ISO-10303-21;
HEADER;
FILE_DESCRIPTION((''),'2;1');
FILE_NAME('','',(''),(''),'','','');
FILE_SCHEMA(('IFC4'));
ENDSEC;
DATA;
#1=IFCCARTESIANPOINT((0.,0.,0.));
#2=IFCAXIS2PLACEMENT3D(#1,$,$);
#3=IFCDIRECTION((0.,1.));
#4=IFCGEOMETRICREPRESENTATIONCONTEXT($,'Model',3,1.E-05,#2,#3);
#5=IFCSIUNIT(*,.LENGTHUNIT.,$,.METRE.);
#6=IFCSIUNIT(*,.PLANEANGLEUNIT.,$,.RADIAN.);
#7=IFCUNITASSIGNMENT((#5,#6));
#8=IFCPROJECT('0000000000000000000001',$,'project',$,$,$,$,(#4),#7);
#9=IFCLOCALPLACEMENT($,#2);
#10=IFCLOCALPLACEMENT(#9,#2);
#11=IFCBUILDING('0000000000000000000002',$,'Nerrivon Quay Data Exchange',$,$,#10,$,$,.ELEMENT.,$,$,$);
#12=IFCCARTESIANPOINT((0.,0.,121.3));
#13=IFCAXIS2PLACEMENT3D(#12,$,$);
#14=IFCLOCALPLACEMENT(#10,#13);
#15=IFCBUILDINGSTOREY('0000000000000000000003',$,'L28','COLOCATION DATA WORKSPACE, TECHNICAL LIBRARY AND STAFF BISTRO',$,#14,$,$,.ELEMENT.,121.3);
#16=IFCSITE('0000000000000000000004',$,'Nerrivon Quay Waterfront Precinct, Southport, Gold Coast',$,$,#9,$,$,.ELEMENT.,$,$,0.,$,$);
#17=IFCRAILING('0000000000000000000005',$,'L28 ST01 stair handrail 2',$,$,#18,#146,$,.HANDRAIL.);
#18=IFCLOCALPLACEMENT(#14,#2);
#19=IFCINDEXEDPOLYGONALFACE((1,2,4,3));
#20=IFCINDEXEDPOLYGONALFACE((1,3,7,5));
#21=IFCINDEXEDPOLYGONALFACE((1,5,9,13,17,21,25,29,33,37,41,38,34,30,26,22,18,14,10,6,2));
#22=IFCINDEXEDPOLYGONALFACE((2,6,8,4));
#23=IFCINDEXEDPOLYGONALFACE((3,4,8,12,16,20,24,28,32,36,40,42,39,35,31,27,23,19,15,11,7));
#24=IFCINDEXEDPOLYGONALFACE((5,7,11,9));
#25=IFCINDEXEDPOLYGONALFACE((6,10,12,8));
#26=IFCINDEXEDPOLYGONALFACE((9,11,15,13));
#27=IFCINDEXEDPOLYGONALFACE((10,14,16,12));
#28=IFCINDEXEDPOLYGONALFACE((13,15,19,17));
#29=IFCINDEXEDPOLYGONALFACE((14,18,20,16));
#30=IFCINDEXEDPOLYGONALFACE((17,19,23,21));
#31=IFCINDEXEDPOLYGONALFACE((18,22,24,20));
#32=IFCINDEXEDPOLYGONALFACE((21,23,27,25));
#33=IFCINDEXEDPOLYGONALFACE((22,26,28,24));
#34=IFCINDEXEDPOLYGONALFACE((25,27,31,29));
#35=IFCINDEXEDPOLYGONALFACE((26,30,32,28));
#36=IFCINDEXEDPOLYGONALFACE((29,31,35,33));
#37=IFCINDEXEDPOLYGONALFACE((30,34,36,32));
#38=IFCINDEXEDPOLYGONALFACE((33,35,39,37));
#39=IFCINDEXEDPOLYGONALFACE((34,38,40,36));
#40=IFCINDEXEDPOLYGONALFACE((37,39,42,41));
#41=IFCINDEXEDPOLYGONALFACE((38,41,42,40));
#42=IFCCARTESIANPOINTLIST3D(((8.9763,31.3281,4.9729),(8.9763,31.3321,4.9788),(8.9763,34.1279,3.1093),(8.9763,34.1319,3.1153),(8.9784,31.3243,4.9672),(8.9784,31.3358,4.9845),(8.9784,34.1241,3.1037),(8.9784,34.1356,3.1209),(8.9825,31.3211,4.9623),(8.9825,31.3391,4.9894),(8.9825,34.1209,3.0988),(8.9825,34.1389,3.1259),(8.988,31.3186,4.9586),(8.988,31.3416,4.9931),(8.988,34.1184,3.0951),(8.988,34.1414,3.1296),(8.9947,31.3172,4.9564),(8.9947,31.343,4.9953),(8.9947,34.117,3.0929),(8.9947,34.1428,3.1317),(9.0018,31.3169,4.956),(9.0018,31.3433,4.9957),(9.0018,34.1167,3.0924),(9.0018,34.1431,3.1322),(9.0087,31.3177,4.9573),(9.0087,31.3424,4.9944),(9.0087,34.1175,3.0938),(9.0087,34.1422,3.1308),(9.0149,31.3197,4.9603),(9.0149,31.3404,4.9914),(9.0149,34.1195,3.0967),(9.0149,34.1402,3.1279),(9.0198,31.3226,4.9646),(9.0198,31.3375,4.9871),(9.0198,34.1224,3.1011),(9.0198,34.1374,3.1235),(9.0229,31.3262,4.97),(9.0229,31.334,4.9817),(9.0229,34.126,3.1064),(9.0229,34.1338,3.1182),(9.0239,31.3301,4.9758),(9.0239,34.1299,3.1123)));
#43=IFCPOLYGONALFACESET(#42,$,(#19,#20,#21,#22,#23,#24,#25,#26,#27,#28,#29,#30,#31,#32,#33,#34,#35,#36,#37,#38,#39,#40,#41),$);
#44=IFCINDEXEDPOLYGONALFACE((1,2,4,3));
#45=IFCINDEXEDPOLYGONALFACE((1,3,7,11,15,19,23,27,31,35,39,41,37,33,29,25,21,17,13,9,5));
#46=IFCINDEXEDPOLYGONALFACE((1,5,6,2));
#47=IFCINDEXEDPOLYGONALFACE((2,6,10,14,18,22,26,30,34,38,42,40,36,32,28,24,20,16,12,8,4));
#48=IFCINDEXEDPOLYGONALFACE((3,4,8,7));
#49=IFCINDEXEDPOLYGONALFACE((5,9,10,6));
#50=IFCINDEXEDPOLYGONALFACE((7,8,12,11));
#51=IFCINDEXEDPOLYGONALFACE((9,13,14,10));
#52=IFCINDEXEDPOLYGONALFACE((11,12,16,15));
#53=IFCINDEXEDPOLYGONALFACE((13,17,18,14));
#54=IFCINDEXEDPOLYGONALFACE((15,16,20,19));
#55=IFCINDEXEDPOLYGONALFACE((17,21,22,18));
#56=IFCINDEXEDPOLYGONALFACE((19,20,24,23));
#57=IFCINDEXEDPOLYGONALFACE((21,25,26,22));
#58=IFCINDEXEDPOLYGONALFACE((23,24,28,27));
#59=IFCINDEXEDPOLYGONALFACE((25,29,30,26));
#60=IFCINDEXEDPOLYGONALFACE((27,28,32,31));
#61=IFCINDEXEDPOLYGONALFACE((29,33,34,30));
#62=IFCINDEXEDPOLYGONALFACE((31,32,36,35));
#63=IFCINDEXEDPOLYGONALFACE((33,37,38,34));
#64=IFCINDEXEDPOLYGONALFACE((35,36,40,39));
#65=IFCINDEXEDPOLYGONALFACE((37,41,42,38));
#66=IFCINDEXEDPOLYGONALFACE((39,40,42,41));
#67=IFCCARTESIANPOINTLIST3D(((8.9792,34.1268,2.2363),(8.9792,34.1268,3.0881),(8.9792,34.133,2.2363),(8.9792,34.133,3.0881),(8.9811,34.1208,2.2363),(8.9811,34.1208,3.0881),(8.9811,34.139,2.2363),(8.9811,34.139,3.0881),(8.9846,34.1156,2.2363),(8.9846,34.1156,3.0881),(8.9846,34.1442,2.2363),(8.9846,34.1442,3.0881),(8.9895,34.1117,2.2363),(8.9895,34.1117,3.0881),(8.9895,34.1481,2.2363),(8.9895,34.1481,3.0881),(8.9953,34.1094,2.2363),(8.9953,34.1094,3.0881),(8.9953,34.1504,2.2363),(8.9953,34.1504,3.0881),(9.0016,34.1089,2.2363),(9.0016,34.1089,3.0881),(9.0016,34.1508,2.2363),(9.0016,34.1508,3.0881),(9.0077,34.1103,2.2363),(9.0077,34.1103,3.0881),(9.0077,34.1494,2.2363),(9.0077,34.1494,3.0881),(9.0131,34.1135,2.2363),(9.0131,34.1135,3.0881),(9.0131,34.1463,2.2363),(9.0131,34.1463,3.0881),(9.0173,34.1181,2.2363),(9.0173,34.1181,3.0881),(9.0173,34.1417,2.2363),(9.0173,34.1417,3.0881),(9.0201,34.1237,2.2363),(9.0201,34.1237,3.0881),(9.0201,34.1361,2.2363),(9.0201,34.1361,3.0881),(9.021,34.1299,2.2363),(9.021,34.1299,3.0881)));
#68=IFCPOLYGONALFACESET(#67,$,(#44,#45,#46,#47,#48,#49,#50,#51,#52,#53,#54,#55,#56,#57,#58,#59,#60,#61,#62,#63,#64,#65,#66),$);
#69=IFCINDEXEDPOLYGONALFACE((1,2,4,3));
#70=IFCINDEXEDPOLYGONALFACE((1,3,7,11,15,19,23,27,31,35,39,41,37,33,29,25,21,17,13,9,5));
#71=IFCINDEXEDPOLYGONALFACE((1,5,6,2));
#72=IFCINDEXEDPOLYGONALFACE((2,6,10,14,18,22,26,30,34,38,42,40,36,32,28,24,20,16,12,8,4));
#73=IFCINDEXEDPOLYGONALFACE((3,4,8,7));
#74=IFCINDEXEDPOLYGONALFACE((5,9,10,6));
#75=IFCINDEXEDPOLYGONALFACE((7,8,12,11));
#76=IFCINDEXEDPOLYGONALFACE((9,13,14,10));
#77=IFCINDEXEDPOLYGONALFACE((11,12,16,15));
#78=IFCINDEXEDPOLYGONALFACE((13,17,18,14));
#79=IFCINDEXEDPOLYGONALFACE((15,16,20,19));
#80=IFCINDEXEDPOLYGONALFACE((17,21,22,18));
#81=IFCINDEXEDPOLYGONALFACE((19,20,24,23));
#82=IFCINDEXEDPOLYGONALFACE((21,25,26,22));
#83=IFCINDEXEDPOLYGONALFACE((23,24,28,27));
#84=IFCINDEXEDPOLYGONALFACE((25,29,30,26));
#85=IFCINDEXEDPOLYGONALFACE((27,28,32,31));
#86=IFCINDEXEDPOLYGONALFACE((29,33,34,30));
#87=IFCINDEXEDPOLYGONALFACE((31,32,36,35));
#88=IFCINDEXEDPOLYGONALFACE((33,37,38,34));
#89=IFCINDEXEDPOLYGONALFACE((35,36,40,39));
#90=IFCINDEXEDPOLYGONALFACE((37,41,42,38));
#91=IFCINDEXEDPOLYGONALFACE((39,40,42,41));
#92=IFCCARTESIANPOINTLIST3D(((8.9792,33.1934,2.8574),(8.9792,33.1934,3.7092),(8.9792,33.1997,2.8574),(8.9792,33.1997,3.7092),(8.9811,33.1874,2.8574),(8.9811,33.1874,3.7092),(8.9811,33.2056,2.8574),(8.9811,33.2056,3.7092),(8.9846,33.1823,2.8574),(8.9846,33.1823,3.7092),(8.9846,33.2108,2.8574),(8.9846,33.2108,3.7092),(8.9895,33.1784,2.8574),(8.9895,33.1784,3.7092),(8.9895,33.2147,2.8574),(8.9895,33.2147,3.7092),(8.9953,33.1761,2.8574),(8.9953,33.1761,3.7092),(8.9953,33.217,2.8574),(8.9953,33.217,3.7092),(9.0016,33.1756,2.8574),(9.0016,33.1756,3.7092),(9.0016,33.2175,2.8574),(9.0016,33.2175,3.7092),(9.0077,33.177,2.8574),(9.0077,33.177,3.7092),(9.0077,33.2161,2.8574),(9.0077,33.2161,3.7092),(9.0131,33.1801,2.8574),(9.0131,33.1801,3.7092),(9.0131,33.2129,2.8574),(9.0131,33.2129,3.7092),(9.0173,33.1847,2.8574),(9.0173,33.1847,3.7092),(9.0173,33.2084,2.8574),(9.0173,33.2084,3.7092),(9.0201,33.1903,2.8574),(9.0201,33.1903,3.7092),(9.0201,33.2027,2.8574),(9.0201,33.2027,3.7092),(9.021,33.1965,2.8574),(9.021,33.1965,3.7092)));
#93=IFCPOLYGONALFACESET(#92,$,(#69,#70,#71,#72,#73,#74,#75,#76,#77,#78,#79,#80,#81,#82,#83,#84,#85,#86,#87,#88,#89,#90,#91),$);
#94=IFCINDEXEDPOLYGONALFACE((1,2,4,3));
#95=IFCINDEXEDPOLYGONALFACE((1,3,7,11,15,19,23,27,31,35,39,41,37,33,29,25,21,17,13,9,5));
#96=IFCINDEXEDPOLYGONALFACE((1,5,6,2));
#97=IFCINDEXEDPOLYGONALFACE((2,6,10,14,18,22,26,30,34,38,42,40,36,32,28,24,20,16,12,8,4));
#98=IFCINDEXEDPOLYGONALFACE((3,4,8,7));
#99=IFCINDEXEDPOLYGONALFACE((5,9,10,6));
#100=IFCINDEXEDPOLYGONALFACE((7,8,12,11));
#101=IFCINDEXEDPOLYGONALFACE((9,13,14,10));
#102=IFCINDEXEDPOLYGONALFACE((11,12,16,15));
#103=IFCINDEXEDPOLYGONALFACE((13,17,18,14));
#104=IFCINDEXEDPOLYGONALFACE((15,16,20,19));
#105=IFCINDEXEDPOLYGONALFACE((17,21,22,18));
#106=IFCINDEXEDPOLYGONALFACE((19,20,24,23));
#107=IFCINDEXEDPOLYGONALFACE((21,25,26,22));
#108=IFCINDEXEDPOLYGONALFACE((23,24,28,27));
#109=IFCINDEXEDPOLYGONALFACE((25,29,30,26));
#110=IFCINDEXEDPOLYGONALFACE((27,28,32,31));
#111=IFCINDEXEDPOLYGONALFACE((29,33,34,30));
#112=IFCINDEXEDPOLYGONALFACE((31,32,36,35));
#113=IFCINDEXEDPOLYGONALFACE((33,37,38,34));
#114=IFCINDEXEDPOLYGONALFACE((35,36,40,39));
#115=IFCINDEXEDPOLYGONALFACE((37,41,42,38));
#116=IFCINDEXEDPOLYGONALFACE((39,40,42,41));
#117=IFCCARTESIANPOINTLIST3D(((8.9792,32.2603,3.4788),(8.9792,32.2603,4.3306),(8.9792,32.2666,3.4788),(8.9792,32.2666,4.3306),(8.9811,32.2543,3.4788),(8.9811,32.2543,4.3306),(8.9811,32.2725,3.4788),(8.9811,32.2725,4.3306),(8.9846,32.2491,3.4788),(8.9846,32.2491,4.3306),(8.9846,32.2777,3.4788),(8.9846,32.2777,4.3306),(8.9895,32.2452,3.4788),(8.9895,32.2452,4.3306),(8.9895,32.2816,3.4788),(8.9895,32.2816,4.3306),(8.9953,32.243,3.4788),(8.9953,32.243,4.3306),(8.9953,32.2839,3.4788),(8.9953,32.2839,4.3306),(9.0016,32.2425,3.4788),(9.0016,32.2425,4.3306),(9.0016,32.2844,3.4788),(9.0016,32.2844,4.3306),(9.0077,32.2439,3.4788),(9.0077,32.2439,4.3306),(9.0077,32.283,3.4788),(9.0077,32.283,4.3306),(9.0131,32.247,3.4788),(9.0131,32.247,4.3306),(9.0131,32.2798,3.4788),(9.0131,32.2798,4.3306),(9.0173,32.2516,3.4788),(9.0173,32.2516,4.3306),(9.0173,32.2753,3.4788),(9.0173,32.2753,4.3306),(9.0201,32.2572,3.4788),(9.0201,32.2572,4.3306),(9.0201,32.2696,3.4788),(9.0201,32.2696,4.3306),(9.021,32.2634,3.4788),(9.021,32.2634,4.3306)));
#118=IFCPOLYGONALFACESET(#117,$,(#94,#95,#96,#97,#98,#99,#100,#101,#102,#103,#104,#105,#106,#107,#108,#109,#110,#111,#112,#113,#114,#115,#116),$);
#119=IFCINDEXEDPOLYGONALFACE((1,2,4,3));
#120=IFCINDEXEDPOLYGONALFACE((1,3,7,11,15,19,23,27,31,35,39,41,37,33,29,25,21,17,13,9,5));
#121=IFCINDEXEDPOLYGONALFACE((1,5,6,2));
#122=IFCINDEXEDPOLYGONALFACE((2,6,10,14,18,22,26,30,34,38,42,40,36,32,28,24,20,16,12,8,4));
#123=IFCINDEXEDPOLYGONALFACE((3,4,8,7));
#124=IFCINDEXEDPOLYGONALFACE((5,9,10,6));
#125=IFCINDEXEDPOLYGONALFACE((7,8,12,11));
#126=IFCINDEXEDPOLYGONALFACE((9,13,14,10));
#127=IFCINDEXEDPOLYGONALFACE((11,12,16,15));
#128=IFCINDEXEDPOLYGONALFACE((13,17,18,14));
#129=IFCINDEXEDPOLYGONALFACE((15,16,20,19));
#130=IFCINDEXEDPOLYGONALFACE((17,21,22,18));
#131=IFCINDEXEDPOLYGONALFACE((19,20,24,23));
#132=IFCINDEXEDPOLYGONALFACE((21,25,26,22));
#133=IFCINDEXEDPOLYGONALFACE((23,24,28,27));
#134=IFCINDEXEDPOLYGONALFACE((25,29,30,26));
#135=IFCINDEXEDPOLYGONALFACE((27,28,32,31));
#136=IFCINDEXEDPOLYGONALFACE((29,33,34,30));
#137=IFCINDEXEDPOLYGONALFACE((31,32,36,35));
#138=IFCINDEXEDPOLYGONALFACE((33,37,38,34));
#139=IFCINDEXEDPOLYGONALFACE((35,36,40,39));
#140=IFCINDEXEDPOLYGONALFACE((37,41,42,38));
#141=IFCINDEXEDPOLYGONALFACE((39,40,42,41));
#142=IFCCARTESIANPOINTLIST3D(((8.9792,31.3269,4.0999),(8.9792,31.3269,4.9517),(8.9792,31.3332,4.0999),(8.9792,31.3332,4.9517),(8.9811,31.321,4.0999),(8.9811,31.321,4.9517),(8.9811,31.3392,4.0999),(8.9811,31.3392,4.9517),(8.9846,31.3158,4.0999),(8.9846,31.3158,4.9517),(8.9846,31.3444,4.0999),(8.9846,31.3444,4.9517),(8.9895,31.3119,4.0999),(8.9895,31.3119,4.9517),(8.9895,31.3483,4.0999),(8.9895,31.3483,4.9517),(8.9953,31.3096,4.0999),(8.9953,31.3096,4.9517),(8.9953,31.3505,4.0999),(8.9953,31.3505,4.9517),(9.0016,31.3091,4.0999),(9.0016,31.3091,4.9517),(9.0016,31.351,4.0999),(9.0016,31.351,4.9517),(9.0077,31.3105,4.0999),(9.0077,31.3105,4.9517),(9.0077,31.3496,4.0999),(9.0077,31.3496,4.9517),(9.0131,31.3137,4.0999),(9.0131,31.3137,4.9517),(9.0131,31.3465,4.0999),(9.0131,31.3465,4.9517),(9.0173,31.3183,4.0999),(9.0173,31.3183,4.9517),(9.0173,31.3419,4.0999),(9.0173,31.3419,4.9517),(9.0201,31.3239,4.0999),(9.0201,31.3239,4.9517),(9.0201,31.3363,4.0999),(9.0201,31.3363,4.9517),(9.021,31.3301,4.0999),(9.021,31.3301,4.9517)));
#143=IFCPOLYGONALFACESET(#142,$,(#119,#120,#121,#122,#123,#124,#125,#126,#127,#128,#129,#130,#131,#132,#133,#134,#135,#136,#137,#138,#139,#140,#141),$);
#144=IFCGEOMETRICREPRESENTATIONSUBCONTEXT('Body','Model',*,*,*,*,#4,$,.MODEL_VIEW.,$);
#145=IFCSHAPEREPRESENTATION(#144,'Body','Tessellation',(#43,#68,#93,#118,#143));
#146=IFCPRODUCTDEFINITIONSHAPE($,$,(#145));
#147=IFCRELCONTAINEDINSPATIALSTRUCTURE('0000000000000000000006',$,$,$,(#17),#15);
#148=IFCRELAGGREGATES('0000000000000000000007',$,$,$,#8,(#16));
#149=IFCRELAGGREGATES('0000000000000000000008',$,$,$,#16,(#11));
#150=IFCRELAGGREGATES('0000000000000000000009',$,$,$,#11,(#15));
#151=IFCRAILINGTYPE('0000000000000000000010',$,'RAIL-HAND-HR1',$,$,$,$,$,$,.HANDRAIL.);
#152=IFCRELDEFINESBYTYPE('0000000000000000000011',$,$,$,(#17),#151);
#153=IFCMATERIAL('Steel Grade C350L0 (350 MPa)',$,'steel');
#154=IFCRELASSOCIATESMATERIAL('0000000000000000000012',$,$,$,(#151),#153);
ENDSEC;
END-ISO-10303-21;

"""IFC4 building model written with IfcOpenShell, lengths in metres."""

from ifc_helpers import new_model, si_unit, direction, frame, origin, origin_2d, place, context, subcontext, project, spatial, circle, extrude, material, type_object, element, save


model = new_model("IFC4")

# Units and contexts
model_context = context("Model", 3, precision=1e-05, world=origin(), true_north=direction((0.0, 1.0)))
body_context = subcontext(model_context, "Body", "Model", "MODEL_VIEW")
ifc_project = project(units=[si_unit("LENGTHUNIT", "METRE"), si_unit("PLANEANGLEUNIT", "RADIAN")], contexts=[model_context])

# Site, building, storey
site_placement = place(None, origin())
site = spatial("IfcSite", under=ifc_project, at=site_placement, Name="Nerrivon Quay Waterfront Precinct, Southport, Gold Coast", CompositionType="ELEMENT", RefElevation=0.0)
building_placement = place(site_placement, origin())
building = spatial("IfcBuilding", under=site, at=building_placement, Name="Nerrivon Quay Data Exchange", CompositionType="ELEMENT")
storey_placement = place(building_placement, frame((0.0, 0.0, 121.3)))
storey = spatial("IfcBuildingStorey", under=building, at=storey_placement, Name="L28", Description="COLOCATION DATA WORKSPACE, TECHNICAL LIBRARY AND STAFF BISTRO", CompositionType="ELEMENT", Elevation=121.3)

# Railing
ifc_material_1 = material(Name="Steel Grade C350L0 (350 MPa)", Category="steel")
railing_type_1 = type_object("IfcRailingType", Name="RAIL-HAND-HR1", PredefinedType="HANDRAIL", material=ifc_material_1)
railing_1_placement = place(storey_placement, frame((9.0, 34.1299, 2.2363)))
element("IfcRailing", 1, at=railing_1_placement, inside=storey, type_object=railing_type_1, Name="L28 ST01 stair handrail 2", PredefinedType="HANDRAIL", context=body_context, shape_type="SweptSolid", body=[
    extrude(circle(Radius=0.0239, at=origin_2d()), frame((0.0, 0.0, 0.876), z_axis=(0.0, -0.832463, 0.55408), x_axis=(1.0, 0.0, 0.0)), (0.0, 0.0, 1.0), 3.3633),
    extrude(circle(Radius=0.021, at=origin_2d()), origin(), (0.0, 0.0, 1.0), 0.8518),
    extrude(circle(Radius=0.021, at=origin_2d()), frame((0.0, -0.9333, 0.6211)), (0.0, 0.0, 1.0), 0.8518),
    extrude(circle(Radius=0.021, at=origin_2d()), frame((0.0, -1.8665, 1.2424)), (0.0, 0.0, 1.0), 0.8518),
    extrude(circle(Radius=0.021, at=origin_2d()), frame((0.0, -2.7998, 1.8635)), (0.0, 0.0, 1.0), 0.8518),
])

save(model, "model.ifc")
